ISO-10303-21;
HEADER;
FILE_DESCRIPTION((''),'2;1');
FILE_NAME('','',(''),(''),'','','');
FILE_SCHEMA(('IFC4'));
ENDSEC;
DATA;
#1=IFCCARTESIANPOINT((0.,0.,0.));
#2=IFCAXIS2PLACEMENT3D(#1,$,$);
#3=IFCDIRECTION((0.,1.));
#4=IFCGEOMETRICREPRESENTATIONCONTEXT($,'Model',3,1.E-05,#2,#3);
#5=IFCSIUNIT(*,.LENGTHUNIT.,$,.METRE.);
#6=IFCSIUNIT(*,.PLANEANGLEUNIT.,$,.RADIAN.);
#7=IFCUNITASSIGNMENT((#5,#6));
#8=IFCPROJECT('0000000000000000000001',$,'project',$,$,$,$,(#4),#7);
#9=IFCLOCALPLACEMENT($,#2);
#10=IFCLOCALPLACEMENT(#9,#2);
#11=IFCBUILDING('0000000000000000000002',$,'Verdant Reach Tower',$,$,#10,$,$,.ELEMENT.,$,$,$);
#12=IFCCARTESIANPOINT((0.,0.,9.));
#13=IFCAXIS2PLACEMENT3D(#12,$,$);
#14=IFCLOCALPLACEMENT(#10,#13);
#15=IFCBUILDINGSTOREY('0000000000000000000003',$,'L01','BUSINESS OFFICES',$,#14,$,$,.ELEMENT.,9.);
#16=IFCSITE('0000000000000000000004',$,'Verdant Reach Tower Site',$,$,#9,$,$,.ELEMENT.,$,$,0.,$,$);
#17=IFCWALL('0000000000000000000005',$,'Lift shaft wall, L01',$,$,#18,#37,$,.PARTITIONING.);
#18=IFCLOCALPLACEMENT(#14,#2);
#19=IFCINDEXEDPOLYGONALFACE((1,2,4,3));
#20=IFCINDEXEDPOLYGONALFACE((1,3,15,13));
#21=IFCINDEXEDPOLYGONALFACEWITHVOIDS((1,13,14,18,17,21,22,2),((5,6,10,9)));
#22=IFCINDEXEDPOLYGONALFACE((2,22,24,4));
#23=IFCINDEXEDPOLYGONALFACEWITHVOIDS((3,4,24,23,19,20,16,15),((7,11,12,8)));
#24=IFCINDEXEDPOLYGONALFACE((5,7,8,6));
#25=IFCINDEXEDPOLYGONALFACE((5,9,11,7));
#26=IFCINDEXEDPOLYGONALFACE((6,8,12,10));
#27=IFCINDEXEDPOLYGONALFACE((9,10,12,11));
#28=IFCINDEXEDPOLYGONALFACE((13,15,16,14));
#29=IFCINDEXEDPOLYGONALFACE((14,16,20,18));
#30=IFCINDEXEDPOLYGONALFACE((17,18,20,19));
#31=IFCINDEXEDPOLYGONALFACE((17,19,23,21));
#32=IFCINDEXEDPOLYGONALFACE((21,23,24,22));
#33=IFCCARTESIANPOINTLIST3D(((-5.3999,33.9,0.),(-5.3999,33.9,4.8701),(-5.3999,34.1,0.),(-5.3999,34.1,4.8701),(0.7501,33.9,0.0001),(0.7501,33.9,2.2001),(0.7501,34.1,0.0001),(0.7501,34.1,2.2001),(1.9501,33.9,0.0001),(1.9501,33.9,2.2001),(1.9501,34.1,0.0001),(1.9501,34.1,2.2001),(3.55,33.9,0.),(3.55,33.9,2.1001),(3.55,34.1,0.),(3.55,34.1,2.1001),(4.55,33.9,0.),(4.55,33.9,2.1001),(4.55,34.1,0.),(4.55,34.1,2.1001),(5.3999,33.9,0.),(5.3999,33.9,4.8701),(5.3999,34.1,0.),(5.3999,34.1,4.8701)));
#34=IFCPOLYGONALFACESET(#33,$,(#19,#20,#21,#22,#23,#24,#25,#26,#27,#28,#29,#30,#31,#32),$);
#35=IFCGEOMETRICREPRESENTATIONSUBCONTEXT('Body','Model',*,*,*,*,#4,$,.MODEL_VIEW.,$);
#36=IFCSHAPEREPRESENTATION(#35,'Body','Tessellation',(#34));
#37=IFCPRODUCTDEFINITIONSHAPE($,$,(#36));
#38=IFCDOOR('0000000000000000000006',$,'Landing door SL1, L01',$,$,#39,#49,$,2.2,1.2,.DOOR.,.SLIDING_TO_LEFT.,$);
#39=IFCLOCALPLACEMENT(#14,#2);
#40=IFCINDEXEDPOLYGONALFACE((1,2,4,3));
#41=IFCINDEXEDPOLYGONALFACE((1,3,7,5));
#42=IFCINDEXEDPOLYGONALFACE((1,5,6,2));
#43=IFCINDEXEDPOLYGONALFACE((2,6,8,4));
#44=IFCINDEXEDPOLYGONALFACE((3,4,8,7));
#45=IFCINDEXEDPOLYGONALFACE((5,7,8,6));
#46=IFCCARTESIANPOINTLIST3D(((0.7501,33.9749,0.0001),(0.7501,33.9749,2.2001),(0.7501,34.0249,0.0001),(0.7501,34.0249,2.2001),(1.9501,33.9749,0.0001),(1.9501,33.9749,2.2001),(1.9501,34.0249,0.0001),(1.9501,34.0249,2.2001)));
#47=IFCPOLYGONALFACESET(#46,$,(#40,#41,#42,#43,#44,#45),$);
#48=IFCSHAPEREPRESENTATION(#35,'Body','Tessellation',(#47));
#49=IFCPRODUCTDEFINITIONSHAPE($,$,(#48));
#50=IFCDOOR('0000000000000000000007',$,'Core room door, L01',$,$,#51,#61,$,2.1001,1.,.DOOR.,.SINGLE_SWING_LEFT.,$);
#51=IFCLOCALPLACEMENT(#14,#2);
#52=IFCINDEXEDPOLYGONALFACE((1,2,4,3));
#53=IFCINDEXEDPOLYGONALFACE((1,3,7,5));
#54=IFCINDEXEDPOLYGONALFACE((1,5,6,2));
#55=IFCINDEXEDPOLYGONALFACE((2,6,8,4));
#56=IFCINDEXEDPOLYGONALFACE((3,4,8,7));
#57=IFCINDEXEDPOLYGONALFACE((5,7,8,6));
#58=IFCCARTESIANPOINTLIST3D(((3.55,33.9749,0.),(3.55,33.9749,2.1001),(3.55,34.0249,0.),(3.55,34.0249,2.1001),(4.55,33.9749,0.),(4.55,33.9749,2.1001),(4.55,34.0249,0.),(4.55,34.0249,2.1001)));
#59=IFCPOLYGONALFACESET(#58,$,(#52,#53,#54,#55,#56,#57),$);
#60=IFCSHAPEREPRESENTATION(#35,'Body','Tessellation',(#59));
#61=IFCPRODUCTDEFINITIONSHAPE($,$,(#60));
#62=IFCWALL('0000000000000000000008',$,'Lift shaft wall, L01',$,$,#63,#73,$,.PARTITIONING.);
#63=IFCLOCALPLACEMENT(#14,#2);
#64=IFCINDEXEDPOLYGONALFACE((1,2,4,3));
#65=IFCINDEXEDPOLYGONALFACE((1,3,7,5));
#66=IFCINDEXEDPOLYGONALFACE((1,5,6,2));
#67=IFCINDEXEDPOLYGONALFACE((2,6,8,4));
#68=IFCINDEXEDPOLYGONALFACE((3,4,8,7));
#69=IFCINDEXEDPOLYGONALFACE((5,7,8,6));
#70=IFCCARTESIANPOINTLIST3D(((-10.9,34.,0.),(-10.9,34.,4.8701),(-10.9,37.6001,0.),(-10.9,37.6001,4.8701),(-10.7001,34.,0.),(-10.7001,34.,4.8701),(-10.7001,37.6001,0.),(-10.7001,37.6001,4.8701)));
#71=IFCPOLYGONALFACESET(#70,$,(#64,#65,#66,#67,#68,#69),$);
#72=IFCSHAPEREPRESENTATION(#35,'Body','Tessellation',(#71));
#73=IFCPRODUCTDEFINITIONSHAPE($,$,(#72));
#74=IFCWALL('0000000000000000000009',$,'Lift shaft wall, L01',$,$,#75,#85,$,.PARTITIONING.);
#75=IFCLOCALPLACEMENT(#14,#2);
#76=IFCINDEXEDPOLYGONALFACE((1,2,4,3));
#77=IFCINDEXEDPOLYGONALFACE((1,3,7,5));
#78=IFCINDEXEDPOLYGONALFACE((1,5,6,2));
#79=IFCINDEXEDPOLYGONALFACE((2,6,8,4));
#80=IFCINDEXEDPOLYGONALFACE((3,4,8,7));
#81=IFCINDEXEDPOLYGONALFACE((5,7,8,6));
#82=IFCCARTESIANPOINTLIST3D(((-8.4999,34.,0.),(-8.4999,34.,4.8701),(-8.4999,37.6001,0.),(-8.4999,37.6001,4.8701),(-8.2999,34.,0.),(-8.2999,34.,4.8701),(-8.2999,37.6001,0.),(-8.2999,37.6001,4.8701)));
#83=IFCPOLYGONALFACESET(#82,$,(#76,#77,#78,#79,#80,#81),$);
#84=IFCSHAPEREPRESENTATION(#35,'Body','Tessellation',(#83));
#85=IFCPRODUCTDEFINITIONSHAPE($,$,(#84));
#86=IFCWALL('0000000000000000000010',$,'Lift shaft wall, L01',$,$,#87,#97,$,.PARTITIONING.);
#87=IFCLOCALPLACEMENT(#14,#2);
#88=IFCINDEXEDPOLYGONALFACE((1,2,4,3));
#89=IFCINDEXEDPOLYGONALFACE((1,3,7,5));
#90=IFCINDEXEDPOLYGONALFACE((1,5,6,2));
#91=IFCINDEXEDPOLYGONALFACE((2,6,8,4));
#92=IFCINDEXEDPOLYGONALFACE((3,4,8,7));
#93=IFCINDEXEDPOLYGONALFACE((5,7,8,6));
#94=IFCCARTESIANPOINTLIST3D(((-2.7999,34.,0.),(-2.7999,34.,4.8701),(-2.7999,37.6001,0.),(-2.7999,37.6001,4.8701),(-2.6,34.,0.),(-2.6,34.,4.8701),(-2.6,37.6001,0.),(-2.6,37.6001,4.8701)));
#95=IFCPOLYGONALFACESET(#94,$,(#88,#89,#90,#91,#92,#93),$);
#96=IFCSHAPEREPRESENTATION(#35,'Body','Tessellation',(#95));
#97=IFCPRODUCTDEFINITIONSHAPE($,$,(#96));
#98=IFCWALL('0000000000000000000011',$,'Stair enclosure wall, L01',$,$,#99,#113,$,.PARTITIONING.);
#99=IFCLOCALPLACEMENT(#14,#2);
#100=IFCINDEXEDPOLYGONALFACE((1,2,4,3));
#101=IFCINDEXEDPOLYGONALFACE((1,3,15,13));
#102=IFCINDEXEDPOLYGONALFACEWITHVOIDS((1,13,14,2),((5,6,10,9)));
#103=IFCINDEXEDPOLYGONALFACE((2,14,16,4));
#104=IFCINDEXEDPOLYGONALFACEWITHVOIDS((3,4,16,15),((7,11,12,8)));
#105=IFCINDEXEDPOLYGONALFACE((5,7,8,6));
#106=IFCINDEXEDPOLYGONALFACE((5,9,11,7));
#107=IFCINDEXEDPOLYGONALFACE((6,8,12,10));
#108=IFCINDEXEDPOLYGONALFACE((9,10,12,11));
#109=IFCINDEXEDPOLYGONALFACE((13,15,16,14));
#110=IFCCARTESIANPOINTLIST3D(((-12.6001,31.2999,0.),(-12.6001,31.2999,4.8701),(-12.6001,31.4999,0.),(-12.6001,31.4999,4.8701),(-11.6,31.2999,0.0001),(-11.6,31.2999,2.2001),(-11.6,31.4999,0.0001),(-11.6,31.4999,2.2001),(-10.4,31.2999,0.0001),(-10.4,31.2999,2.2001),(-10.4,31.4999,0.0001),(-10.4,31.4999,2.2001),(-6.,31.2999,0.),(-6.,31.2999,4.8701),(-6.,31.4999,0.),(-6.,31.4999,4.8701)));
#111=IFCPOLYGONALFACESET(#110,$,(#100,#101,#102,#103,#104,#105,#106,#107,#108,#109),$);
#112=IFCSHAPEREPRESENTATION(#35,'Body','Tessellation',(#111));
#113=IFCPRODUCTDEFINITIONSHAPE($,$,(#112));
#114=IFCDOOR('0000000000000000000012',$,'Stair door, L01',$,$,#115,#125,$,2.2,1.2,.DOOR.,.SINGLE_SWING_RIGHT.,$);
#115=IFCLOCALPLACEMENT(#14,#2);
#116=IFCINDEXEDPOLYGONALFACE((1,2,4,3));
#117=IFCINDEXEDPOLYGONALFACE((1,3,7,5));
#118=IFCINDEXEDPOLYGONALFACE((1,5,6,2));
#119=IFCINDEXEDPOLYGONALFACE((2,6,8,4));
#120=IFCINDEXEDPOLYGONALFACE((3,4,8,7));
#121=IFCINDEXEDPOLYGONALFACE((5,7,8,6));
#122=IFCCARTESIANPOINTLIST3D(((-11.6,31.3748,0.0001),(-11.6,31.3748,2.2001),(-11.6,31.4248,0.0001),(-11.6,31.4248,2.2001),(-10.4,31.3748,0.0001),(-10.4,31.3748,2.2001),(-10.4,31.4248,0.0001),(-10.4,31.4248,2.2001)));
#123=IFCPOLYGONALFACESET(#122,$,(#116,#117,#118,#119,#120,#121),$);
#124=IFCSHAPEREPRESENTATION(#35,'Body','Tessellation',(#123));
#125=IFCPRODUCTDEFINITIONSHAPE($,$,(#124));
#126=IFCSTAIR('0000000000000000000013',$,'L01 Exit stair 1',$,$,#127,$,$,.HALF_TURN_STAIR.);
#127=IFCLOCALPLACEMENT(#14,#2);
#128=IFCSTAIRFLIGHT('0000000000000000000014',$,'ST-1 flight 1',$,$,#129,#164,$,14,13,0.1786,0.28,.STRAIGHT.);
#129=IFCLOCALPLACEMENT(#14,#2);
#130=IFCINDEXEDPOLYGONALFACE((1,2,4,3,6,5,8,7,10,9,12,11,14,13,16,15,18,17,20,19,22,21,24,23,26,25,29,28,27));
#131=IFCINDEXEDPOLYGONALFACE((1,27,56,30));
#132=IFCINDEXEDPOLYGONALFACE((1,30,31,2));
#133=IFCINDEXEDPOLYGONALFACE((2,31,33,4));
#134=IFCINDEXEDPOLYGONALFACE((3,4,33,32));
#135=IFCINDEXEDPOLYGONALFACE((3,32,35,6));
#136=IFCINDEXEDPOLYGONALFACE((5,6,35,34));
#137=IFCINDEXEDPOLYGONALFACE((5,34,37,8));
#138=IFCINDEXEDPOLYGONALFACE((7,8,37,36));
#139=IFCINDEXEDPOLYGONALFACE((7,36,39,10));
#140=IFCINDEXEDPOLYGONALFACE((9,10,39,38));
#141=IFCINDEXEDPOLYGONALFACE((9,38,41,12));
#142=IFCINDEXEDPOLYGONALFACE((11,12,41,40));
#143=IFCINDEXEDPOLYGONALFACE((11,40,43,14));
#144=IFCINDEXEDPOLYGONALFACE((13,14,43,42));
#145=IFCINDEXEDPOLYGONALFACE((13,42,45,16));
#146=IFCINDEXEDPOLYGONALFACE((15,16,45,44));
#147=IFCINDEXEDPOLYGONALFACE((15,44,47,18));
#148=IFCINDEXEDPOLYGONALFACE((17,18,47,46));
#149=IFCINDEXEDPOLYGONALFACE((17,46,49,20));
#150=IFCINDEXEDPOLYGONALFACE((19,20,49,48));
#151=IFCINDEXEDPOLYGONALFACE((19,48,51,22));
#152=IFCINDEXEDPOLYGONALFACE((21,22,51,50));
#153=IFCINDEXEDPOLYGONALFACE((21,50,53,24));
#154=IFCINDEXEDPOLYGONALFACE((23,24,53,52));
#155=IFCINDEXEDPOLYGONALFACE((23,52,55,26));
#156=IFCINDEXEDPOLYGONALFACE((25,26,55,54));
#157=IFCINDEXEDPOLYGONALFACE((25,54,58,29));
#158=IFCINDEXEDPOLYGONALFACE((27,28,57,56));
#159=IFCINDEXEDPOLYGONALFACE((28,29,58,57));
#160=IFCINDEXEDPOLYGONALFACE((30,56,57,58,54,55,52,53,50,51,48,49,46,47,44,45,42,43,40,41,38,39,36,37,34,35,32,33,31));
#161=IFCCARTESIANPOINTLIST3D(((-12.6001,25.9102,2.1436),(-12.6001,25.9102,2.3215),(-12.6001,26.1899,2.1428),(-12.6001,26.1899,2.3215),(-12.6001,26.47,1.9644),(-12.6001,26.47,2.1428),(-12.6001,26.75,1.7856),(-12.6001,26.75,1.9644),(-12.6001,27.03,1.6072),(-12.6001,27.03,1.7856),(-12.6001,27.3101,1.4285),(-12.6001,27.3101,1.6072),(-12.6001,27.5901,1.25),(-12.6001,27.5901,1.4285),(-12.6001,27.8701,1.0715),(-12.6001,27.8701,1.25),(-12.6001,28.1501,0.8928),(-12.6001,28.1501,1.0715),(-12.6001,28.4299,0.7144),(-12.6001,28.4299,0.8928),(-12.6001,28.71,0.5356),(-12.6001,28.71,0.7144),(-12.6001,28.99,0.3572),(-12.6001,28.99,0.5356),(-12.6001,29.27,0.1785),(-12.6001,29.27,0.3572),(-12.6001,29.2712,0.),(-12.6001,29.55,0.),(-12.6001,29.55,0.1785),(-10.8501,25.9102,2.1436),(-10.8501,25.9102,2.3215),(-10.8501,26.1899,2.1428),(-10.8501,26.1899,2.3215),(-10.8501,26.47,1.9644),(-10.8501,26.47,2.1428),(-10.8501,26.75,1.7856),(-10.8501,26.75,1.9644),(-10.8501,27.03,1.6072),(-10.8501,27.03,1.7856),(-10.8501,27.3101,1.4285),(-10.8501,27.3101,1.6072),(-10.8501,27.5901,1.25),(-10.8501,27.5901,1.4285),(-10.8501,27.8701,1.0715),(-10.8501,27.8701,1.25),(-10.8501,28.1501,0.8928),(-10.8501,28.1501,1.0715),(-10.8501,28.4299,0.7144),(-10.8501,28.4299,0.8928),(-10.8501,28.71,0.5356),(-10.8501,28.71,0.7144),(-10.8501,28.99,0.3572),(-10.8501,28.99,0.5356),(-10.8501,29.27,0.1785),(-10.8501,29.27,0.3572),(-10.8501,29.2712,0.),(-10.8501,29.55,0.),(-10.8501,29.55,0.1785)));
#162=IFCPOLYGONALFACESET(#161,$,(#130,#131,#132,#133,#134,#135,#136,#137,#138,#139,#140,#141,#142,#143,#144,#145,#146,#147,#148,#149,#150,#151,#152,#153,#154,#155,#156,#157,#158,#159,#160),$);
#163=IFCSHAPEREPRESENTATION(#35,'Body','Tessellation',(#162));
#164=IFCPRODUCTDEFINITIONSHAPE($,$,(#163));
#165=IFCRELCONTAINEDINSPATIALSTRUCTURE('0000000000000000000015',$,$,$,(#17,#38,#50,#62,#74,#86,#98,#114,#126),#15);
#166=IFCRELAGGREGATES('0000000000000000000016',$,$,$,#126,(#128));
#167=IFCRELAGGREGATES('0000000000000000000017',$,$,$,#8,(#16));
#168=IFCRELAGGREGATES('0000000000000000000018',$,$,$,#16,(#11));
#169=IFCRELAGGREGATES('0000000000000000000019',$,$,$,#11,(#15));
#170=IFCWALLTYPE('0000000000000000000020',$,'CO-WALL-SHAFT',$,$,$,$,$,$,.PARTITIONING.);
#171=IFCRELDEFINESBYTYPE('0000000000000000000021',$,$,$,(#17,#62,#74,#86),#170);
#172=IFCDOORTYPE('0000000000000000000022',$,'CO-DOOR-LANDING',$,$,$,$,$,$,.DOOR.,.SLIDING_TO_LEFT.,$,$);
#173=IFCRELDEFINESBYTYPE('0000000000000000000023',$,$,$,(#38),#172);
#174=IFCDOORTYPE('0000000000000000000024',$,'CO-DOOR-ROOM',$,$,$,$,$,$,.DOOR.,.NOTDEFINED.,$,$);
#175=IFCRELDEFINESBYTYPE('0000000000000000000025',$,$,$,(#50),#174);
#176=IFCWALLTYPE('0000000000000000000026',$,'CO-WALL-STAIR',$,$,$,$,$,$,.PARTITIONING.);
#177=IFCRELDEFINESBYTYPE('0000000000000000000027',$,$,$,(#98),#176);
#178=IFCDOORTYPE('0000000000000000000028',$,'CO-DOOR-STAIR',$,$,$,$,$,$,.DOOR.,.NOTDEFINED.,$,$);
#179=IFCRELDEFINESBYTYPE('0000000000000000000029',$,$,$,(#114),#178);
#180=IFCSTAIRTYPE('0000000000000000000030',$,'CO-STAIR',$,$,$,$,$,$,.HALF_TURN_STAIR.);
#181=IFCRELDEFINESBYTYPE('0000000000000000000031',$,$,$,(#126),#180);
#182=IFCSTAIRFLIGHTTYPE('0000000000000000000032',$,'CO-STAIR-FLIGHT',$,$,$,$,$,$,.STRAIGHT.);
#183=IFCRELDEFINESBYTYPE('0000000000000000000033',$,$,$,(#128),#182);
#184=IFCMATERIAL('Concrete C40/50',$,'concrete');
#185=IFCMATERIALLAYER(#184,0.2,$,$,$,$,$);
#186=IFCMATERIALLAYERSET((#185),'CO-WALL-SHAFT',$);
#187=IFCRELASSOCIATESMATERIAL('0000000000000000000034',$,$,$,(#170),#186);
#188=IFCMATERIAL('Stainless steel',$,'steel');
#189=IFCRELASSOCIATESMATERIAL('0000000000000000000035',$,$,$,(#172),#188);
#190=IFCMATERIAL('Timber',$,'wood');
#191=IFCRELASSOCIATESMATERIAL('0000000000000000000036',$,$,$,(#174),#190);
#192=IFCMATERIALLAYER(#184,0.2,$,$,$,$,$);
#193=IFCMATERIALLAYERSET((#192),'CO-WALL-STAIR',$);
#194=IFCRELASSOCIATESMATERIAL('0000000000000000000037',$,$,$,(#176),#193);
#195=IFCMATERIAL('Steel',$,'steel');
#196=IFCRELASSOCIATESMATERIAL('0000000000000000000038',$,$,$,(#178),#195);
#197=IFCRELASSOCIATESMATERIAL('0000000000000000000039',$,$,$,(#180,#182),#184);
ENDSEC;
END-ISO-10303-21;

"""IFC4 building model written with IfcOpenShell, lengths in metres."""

from ifc_helpers import new_model, si_unit, direction, frame, frame_2d, origin, place, context, subcontext, project, spatial, polyline, rectangle, outline, extrude, material, layer, layer_set, type_object, element, fill, aggregate, save


model = new_model("IFC4")

# Units and contexts
model_context = context("Model", 3, precision=1e-05, world=origin(), true_north=direction((0.0, 1.0)))
body_context = subcontext(model_context, "Body", "Model", "MODEL_VIEW")
ifc_project = project(units=[si_unit("LENGTHUNIT", "METRE"), si_unit("PLANEANGLEUNIT", "RADIAN")], contexts=[model_context])

# Site, building, storey
site_placement = place(None, origin())
site = spatial("IfcSite", under=ifc_project, at=site_placement, Name="Verdant Reach Tower Site", CompositionType="ELEMENT", RefElevation=0.0)
building_placement = place(site_placement, origin())
building = spatial("IfcBuilding", under=site, at=building_placement, Name="Verdant Reach Tower", CompositionType="ELEMENT")
storey_placement = place(building_placement, frame((0.0, 0.0, 9.0)))
storey = spatial("IfcBuildingStorey", under=building, at=storey_placement, Name="L01", Description="BUSINESS OFFICES", CompositionType="ELEMENT", Elevation=9.0)

# Shared definitions
ifc_material_1 = material(Name="Concrete C40/50", Category="concrete")
ifc_layer_1 = layer(ifc_material_1, 0.2)
ifc_layer_set_1 = layer_set([ifc_layer_1], Name="CO-WALL-SHAFT")
wall_type_1 = type_object("IfcWallType", Name="CO-WALL-SHAFT", PredefinedType="PARTITIONING", material=ifc_layer_set_1)

# Wall, openings, doors
ifc_material_2 = material(Name="Stainless steel", Category="steel")
ifc_material_3 = material(Name="Steel", Category="steel")
wall_1_placement = place(storey_placement, frame((-5.3999, 34.0, 0.0), z_axis=(0.0, 0.0, 1.0), x_axis=(1.0, 0.0, 0.0)))
wall_1 = element("IfcWall", 1, at=wall_1_placement, inside=storey, type_object=wall_type_1, Name="Lift shaft wall, L01", PredefinedType="PARTITIONING", context=body_context, shape_type="SweptSolid", body=[
    extrude(rectangle(XDim=10.7998, YDim=0.2, at=frame_2d((5.3999, 0.0))), origin(), (0.0, 0.0, 1.0), 4.8701),
])
opening_1_placement = place(wall_1_placement, frame((6.1499, 0.0, 0.0)))
opening_1 = element("IfcOpeningElement", 2, at=opening_1_placement, cuts=wall_1, PredefinedType="OPENING", context=body_context, shape_type="SweptSolid", body=[
    extrude(rectangle(XDim=1.2, YDim=2.2, at=frame_2d((0.6001, 1.1001))), frame((0.0, 0.1099, 0.0), z_axis=(0.0, -1.0, 0.0), x_axis=(1.0, 0.0, 0.0)), (0.0, 0.0, 1.0), 0.22),
])
opening_2_placement = place(wall_1_placement, frame((8.95, 0.0, 0.0)))
opening_2 = element("IfcOpeningElement", 3, at=opening_2_placement, cuts=wall_1, PredefinedType="OPENING", context=body_context, shape_type="SweptSolid", body=[
    extrude(rectangle(XDim=1.0, YDim=2.1001, at=frame_2d((0.5, 1.05))), frame((0.0, 0.1099, 0.0), z_axis=(0.0, -1.0, 0.0), x_axis=(1.0, 0.0, 0.0)), (0.0, 0.0, 1.0), 0.22),
])
door_type_1 = type_object("IfcDoorType", Name="CO-DOOR-LANDING", OperationType="SLIDING_TO_LEFT", PredefinedType="DOOR", material=ifc_material_2)
door_1_placement = place(opening_1_placement, origin())
door_1 = element("IfcDoor", 4, at=door_1_placement, inside=storey, type_object=door_type_1, Name="Landing door SL1, L01", OperationType="SLIDING_TO_LEFT", OverallHeight=2.2, OverallWidth=1.2, PredefinedType="DOOR", context=body_context, shape_type="SweptSolid", body=[
    extrude(rectangle(XDim=1.2, YDim=2.2, at=frame_2d((0.6001, 1.1001))), frame((0.0, 0.0249, 0.0), z_axis=(0.0, -1.0, 0.0), x_axis=(1.0, 0.0, 0.0)), (0.0, 0.0, 1.0), 0.05),
])
fill(opening_1, door_1)
ifc_material_4 = material(Name="Timber", Category="wood")
door_type_2 = type_object("IfcDoorType", Name="CO-DOOR-ROOM", OperationType="NOTDEFINED", PredefinedType="DOOR", material=ifc_material_4)
door_2_placement = place(opening_2_placement, origin())
door_2 = element("IfcDoor", 5, at=door_2_placement, inside=storey, type_object=door_type_2, Name="Core room door, L01", OperationType="SINGLE_SWING_LEFT", OverallHeight=2.1001, OverallWidth=1.0, PredefinedType="DOOR", context=body_context, shape_type="SweptSolid", body=[
    extrude(rectangle(XDim=1.0, YDim=2.1001, at=frame_2d((0.5, 1.05))), frame((0.0, 0.0249, 0.0), z_axis=(0.0, -1.0, 0.0), x_axis=(1.0, 0.0, 0.0)), (0.0, 0.0, 1.0), 0.05),
])
fill(opening_2, door_2)

# Walls
for number, where, z_axis, x_axis, name in (
    (6, (-10.8, 34.0, 0.0), (0.0, 0.0, 1.0), (0.0, 1.0, 0.0), "Lift shaft wall, L01"),
    (7, (-8.3999, 34.0, 0.0), (0.0, 0.0, 1.0), (0.0, 1.0, 0.0), "Lift shaft wall, L01"),
    (8, (-2.7, 34.0, 0.0), (0.0, 0.0, 1.0), (0.0, 1.0, 0.0), "Lift shaft wall, L01"),
):
    element("IfcWall", number, at=place(storey_placement, frame(where, z_axis=z_axis, x_axis=x_axis)), inside=storey, type_object=wall_type_1, Name=name, PredefinedType="PARTITIONING", context=body_context, shape_type="SweptSolid", body=[
        extrude(rectangle(XDim=3.6001, YDim=0.2, at=frame_2d((1.8, 0.0))), origin(), (0.0, 0.0, 1.0), 4.8701),
    ])

# Wall, opening, door
ifc_layer_2 = layer(ifc_material_1, 0.2)
ifc_layer_set_2 = layer_set([ifc_layer_2], Name="CO-WALL-STAIR")
wall_type_2 = type_object("IfcWallType", Name="CO-WALL-STAIR", PredefinedType="PARTITIONING", material=ifc_layer_set_2)
wall_2_placement = place(storey_placement, frame((-12.6001, 31.3999, 0.0), z_axis=(0.0, 0.0, 1.0), x_axis=(1.0, 0.0, 0.0)))
wall_2 = element("IfcWall", 9, at=wall_2_placement, inside=storey, type_object=wall_type_2, Name="Stair enclosure wall, L01", PredefinedType="PARTITIONING", context=body_context, shape_type="SweptSolid", body=[
    extrude(rectangle(XDim=6.6001, YDim=0.2, at=frame_2d((3.3, 0.0))), origin(), (0.0, 0.0, 1.0), 4.8701),
])
opening_3_placement = place(wall_2_placement, frame((1.0, 0.0, 0.0)))
opening_3 = element("IfcOpeningElement", 10, at=opening_3_placement, cuts=wall_2, PredefinedType="OPENING", context=body_context, shape_type="SweptSolid", body=[
    extrude(rectangle(XDim=1.2, YDim=2.2, at=frame_2d((0.6001, 1.1001))), frame((0.0, 0.1099, 0.0), z_axis=(0.0, -1.0, 0.0), x_axis=(1.0, 0.0, 0.0)), (0.0, 0.0, 1.0), 0.22),
])
door_type_3 = type_object("IfcDoorType", Name="CO-DOOR-STAIR", OperationType="NOTDEFINED", PredefinedType="DOOR", material=ifc_material_3)
door_3_placement = place(opening_3_placement, origin())
door_3 = element("IfcDoor", 11, at=door_3_placement, inside=storey, type_object=door_type_3, Name="Stair door, L01", OperationType="SINGLE_SWING_RIGHT", OverallHeight=2.2, OverallWidth=1.2, PredefinedType="DOOR", context=body_context, shape_type="SweptSolid", body=[
    extrude(rectangle(XDim=1.2, YDim=2.2, at=frame_2d((0.6001, 1.1001))), frame((0.0, 0.0249, 0.0), z_axis=(0.0, -1.0, 0.0), x_axis=(1.0, 0.0, 0.0)), (0.0, 0.0, 1.0), 0.05),
])
fill(opening_3, door_3)

# Stair, stair flight
stair_type = type_object("IfcStairType", Name="CO-STAIR", PredefinedType="HALF_TURN_STAIR", material=ifc_material_1)
stair_placement = place(storey_placement, origin())
stair = element("IfcStair", 12, at=stair_placement, inside=storey, type_object=stair_type, Name="L01 Exit stair 1", PredefinedType="HALF_TURN_STAIR")
stair_flight_type = type_object("IfcStairFlightType", Name="CO-STAIR-FLIGHT", PredefinedType="STRAIGHT", material=ifc_material_1)
stair_flight_placement = place(storey_placement, frame((-11.7251, 29.55, 0.0), z_axis=(0.0, 0.0, 1.0), x_axis=(0.0, -1.0, 0.0)))
stair_flight = element("IfcStairFlight", 13, at=stair_flight_placement, type_object=stair_flight_type, Name="ST-1 flight 1", NumberOfRisers=14, NumberOfTreads=13, PredefinedType="STRAIGHT", RiserHeight=0.1786, TreadLength=0.28, context=body_context, shape_type="SweptSolid", body=[
    extrude(outline(polyline([(0.0, 0.0), (0.0, 0.1785), (0.28, 0.1785), (0.28, 0.3572), (0.5601, 0.3572), (0.5601, 0.5356), (0.8401, 0.5356), (0.8401, 0.7144), (1.1201, 0.7144), (1.1201, 0.8928), (1.3999, 0.8928), (1.3999, 1.0715), (1.6799, 1.0715), (1.6799, 1.25), (1.96, 1.25), (1.96, 1.4285), (2.24, 1.4285), (2.24, 1.6072), (2.52, 1.6072), (2.52, 1.7856), (2.8, 1.7856), (2.8, 1.9644), (3.0801, 1.9644), (3.0801, 2.1428), (3.3601, 2.1428), (3.3601, 2.3215), (3.6399, 2.3215), (3.6399, 2.5), (3.6399, 2.1436), (0.2788, 0.0), (0.0, 0.0)])), frame((0.0, 0.875, 0.0), z_axis=(0.0, -1.0, 0.0), x_axis=(1.0, 0.0, 0.0)), (0.0, 0.0, 1.0), 1.75),
])
aggregate(stair, [stair_flight])

save(model, "model.ifc")
